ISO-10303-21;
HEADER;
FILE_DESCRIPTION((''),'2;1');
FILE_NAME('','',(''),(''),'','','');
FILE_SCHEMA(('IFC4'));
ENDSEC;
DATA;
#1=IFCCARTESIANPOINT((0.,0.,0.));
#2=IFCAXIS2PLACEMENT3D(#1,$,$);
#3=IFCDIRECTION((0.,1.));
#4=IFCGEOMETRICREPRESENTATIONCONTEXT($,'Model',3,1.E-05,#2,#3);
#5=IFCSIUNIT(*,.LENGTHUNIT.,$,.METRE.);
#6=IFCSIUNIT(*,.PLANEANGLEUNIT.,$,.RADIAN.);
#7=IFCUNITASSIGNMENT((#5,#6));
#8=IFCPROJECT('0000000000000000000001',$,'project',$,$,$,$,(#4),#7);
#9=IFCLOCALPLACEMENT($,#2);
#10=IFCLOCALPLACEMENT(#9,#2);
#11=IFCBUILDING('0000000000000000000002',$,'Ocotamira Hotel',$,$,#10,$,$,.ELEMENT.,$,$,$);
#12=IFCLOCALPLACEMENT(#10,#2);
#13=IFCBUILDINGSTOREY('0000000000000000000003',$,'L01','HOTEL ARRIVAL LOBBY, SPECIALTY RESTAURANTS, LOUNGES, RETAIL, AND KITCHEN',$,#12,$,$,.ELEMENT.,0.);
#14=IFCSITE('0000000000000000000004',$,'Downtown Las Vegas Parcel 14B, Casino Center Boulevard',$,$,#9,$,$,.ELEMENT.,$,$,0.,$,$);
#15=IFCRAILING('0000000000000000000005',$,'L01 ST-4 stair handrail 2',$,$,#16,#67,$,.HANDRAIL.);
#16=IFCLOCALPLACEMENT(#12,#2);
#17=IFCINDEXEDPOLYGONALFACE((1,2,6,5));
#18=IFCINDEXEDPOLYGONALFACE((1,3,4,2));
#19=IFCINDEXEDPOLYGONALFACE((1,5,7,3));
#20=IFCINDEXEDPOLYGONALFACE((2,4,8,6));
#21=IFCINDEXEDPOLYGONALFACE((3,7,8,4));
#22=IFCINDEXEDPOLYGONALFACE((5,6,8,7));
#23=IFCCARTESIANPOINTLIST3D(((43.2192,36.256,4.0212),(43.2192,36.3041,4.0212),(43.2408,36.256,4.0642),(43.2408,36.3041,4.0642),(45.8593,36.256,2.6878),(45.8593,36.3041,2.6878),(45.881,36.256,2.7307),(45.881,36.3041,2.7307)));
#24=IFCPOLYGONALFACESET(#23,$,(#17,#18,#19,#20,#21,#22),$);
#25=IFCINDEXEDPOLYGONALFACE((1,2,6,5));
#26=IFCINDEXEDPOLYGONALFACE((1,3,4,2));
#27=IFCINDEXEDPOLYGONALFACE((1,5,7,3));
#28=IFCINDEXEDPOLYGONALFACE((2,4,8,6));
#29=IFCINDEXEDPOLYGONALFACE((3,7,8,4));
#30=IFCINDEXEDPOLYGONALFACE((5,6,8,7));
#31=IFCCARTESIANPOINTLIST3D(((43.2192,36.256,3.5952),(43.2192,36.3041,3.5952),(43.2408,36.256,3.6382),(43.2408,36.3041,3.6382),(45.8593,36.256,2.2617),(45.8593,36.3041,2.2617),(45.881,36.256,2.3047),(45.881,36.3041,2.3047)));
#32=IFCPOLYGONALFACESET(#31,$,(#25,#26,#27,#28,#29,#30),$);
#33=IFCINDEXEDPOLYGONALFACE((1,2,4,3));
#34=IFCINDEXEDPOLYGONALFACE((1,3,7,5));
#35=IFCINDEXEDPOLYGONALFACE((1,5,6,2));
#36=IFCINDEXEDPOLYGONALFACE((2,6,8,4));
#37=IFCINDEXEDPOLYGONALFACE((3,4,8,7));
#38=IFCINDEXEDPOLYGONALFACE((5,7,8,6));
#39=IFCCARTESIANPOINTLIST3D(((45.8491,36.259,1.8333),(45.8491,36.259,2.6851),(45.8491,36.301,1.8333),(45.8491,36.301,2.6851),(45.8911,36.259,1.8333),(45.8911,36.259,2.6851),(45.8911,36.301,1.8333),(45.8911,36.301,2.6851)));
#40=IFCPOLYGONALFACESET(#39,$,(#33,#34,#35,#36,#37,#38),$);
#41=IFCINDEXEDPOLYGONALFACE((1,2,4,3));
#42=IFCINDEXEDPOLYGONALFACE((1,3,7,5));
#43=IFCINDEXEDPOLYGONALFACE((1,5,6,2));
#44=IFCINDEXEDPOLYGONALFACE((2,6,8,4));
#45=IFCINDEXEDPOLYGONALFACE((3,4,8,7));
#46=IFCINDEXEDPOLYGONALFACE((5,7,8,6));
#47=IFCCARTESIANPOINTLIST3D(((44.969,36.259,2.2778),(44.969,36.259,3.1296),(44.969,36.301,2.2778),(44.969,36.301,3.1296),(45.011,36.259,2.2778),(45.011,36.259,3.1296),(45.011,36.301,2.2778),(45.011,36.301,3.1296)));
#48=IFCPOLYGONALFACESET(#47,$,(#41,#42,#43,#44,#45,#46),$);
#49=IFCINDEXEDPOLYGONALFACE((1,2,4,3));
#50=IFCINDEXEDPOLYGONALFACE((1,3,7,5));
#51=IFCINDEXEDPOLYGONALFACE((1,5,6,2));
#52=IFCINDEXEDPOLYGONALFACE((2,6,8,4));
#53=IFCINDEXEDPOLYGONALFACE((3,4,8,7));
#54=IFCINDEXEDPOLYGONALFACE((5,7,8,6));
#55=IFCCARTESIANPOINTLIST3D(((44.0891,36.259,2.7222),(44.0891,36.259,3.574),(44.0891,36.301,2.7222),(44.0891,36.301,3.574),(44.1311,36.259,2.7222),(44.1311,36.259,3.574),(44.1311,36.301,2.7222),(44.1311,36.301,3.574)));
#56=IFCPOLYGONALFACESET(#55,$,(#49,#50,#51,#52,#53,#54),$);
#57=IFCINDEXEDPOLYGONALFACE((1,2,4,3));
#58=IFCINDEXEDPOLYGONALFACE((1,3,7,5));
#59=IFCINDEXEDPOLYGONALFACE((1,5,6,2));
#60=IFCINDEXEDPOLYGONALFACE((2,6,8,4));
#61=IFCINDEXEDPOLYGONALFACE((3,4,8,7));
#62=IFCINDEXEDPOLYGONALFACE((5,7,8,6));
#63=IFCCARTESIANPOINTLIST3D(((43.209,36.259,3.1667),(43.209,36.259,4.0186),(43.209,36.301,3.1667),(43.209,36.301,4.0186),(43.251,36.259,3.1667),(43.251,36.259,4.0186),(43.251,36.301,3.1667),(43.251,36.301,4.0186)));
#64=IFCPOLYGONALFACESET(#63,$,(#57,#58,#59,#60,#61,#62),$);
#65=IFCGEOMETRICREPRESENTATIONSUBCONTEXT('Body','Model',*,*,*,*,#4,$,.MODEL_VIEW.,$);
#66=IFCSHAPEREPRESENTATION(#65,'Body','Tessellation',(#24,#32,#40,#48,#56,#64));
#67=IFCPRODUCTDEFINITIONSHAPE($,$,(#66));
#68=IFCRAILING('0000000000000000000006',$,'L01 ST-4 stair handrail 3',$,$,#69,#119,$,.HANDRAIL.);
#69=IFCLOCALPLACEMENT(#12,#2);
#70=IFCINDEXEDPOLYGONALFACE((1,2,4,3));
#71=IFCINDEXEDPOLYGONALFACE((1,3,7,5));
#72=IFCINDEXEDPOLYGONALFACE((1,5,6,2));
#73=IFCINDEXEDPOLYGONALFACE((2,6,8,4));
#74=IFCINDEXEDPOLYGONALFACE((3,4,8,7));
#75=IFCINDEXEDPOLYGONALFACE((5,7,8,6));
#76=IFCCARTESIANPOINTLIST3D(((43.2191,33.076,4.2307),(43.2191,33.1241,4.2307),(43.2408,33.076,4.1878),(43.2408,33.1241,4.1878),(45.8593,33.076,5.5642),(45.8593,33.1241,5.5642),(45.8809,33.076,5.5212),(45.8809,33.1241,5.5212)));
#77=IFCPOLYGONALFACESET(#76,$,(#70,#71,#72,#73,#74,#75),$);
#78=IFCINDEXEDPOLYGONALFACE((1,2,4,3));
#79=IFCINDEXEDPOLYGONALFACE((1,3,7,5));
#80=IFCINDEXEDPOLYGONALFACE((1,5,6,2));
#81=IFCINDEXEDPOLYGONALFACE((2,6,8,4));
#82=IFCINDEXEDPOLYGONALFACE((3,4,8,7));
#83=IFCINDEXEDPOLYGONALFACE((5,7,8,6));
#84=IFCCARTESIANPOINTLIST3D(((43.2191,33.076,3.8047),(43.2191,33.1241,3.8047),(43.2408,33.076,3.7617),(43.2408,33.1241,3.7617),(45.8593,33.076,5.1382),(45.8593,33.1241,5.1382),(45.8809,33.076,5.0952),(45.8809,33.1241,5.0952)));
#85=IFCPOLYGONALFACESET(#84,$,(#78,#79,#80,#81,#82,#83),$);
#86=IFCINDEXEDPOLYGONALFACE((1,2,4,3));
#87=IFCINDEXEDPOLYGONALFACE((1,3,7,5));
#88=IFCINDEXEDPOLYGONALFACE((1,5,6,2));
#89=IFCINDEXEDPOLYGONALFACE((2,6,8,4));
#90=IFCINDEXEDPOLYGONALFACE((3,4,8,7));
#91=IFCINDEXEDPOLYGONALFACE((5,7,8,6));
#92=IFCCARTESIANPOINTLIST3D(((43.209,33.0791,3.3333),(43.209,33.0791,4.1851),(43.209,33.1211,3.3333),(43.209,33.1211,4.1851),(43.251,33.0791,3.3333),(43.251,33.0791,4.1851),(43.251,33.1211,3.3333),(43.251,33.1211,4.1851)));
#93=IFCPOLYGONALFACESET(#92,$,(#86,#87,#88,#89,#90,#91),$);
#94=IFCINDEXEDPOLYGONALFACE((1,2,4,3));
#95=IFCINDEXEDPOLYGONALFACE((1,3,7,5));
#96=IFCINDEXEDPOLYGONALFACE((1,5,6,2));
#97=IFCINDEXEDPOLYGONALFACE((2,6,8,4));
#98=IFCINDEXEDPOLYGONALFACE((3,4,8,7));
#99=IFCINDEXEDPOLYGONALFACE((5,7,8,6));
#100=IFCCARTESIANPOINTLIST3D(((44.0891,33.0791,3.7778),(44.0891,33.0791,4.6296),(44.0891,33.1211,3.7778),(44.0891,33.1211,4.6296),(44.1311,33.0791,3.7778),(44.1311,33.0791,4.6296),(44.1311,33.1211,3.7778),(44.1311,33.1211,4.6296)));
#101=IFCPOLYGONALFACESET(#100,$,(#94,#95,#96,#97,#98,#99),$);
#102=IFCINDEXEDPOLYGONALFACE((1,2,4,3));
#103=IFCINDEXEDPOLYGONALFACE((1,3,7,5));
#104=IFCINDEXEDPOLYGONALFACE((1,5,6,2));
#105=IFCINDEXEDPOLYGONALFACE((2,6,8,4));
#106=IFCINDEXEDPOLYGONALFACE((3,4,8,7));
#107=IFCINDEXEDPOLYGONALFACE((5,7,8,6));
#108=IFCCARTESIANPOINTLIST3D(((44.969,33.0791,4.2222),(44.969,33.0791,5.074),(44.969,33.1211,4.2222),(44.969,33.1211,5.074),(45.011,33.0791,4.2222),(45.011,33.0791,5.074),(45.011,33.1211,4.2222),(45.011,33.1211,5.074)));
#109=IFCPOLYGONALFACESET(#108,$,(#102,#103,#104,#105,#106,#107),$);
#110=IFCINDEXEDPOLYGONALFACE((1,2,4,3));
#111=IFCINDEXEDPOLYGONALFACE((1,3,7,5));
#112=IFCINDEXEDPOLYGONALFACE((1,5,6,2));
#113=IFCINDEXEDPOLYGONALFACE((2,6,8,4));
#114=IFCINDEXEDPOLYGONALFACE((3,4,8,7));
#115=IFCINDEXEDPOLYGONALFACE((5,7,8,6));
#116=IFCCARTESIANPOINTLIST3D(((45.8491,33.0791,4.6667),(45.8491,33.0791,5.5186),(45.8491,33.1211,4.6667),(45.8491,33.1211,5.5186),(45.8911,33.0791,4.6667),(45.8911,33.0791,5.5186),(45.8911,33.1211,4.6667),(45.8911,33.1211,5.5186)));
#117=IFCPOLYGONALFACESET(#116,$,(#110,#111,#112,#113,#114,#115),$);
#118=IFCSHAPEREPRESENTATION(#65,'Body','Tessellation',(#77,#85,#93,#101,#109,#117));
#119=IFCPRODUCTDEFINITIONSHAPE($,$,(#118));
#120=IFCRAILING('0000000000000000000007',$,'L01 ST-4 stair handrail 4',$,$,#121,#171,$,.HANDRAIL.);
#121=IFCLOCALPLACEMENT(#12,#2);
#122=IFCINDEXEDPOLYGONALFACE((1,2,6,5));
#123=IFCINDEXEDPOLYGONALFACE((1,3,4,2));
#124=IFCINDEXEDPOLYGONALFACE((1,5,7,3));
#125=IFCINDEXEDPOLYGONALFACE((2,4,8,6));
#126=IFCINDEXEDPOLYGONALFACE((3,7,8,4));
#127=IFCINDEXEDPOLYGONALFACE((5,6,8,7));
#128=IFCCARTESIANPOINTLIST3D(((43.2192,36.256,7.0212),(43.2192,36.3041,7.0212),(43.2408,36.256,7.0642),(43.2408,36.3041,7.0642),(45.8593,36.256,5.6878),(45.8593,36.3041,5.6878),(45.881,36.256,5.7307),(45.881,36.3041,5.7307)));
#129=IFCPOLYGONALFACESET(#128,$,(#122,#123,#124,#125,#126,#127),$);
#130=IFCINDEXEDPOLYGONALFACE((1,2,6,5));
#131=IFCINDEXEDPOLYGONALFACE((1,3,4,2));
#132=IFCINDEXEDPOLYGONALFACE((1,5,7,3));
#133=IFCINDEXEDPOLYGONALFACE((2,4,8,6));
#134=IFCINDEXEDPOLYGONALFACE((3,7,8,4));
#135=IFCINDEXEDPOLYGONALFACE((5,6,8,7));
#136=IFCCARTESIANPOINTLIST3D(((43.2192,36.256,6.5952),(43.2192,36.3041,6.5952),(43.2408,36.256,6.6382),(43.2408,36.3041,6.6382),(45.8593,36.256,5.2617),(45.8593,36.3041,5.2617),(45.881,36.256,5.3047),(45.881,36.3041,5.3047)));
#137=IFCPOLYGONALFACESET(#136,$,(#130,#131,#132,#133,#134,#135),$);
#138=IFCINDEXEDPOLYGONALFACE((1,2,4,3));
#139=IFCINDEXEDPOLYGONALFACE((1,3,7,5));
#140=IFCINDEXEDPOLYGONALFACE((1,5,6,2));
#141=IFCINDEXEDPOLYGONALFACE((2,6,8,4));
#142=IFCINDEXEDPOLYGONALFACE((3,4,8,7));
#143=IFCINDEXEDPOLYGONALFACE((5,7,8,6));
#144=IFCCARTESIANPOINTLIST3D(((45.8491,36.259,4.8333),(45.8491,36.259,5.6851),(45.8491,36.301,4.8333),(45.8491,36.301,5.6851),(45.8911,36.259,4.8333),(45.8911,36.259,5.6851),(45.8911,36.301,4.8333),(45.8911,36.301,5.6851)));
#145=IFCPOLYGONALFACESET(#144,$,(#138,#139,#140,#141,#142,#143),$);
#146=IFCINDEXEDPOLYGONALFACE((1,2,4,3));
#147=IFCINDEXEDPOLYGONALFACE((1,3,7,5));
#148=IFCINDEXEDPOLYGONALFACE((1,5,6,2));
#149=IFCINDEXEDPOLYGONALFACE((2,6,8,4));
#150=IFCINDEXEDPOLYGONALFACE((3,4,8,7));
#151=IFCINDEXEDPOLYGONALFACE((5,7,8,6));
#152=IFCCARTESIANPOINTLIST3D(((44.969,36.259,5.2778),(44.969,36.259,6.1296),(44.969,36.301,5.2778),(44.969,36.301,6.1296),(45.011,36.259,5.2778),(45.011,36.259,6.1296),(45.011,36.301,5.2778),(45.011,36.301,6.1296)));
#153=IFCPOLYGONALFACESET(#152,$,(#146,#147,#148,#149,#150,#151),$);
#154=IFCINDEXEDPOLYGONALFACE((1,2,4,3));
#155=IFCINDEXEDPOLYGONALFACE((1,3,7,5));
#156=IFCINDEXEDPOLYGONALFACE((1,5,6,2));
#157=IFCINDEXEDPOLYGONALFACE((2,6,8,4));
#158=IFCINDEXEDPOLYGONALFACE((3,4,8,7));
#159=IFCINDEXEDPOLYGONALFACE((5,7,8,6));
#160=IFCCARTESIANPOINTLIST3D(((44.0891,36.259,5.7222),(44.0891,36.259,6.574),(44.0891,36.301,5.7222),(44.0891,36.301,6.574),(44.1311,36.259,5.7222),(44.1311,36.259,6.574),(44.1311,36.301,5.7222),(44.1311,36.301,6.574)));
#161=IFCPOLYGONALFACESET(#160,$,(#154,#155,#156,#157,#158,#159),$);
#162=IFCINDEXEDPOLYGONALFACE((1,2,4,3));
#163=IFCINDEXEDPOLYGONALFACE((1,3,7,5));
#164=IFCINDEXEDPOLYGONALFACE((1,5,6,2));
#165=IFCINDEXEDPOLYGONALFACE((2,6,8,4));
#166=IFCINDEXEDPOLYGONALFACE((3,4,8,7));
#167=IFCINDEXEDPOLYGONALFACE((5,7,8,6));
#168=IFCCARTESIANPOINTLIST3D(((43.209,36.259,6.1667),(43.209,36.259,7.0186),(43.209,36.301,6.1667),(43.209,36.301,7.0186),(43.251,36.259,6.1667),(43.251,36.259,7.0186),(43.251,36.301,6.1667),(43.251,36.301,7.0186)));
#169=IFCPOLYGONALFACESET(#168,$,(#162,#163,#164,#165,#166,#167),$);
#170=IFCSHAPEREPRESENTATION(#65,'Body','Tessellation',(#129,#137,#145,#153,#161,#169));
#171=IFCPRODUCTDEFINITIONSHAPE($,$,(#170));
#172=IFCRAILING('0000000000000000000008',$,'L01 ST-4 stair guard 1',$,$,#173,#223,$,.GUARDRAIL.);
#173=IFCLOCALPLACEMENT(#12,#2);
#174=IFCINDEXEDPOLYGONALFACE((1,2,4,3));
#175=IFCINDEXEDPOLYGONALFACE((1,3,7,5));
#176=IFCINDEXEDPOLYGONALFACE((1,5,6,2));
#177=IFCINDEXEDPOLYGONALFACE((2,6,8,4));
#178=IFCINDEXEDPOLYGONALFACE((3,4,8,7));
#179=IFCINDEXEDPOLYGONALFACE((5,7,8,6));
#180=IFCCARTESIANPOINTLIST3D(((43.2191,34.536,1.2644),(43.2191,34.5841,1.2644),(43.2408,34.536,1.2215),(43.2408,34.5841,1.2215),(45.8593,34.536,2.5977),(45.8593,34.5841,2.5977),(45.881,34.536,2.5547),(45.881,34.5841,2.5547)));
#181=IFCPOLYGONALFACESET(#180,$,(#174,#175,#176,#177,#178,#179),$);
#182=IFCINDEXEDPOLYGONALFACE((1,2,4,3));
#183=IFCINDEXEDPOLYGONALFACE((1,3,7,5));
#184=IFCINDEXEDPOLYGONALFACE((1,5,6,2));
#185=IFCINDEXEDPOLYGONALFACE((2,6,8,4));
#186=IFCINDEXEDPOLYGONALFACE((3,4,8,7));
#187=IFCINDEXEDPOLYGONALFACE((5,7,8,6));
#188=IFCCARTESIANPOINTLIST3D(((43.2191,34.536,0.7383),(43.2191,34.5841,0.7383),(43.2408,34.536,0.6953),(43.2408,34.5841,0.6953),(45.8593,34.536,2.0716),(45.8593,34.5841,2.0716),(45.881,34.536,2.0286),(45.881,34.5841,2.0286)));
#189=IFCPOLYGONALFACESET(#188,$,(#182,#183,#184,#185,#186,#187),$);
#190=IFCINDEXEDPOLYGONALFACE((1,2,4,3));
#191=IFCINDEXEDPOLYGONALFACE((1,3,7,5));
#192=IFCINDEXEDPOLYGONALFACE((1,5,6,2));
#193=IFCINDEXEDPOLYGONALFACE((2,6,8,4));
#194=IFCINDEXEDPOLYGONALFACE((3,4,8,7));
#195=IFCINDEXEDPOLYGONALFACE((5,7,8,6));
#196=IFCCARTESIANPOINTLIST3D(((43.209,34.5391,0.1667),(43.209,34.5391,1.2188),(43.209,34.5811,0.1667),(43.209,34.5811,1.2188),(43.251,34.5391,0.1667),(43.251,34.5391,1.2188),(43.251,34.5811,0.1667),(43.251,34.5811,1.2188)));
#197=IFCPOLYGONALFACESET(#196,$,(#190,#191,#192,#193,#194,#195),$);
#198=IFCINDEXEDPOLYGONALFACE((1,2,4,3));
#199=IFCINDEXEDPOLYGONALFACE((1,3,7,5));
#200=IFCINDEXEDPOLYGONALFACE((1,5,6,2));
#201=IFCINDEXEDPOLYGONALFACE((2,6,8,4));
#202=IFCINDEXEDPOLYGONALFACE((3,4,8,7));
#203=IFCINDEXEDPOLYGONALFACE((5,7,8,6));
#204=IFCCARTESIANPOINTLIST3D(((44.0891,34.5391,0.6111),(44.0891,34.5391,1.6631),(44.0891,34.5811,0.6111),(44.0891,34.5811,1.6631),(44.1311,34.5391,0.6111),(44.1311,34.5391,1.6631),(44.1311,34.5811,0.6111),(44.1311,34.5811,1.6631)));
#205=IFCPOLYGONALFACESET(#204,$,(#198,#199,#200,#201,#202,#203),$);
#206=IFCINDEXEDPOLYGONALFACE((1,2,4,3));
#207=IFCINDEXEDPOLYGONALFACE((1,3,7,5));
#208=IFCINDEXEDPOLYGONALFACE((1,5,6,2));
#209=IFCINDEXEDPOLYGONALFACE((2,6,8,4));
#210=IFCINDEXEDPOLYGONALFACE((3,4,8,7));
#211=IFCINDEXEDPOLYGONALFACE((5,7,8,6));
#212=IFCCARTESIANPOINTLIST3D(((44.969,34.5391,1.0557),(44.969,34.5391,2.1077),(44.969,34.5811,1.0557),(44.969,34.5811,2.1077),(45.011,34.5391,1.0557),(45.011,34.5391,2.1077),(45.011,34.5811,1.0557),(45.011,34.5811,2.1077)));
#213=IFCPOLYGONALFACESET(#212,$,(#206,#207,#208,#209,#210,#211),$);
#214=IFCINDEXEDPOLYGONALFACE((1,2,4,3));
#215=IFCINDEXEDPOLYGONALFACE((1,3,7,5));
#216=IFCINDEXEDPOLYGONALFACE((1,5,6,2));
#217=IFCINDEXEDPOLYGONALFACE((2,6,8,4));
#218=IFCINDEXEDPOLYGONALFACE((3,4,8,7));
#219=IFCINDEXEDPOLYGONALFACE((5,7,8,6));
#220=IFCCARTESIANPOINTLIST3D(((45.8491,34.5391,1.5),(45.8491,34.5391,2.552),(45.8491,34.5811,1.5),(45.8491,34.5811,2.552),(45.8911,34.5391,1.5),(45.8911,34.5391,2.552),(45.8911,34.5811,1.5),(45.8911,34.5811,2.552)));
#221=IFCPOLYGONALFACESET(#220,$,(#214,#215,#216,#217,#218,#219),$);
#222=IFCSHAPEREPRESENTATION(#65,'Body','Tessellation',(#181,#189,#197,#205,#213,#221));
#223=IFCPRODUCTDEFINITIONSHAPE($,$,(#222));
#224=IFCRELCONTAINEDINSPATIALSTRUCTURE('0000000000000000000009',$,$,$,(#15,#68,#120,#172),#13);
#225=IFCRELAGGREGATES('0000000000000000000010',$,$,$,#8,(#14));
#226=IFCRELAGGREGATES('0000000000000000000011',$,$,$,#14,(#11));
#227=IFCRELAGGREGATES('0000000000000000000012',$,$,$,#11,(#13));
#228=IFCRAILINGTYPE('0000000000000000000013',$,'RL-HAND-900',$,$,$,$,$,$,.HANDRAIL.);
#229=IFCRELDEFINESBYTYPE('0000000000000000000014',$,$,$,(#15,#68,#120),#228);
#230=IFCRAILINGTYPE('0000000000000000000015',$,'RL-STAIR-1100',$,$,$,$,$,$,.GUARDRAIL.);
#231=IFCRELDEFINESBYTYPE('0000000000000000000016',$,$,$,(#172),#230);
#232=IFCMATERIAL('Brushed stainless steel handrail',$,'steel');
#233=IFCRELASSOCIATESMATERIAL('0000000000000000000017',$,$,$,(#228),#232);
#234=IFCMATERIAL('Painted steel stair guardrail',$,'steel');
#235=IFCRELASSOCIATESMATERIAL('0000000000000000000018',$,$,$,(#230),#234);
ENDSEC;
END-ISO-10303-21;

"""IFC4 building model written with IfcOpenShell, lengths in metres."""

from ifc_helpers import new_model, si_unit, direction, frame, origin, origin_2d, place, context, subcontext, project, spatial, rectangle, extrude, material, type_object, element, save


model = new_model("IFC4")

# Units and contexts
model_context = context("Model", 3, precision=1e-05, world=origin(), true_north=direction((0.0, 1.0)))
body_context = subcontext(model_context, "Body", "Model", "MODEL_VIEW")
ifc_project = project(units=[si_unit("LENGTHUNIT", "METRE"), si_unit("PLANEANGLEUNIT", "RADIAN")], contexts=[model_context])

# Site, building, storey
site_placement = place(None, origin())
site = spatial("IfcSite", under=ifc_project, at=site_placement, Name="Downtown Las Vegas Parcel 14B, Casino Center Boulevard", CompositionType="ELEMENT", RefElevation=0.0)
building_placement = place(site_placement, origin())
building = spatial("IfcBuilding", under=site, at=building_placement, Name="Ocotamira Hotel", CompositionType="ELEMENT")
storey_placement = place(building_placement, origin())
storey = spatial("IfcBuildingStorey", under=building, at=storey_placement, Name="L01", Description="HOTEL ARRIVAL LOBBY, SPECIALTY RESTAURANTS, LOUNGES, RETAIL, AND KITCHEN", CompositionType="ELEMENT", Elevation=0.0)

# Railings
ifc_material_1 = material(Name="Brushed stainless steel handrail", Category="steel")
railing_type_1 = type_object("IfcRailingType", Name="RL-HAND-900", PredefinedType="HANDRAIL", material=ifc_material_1)
railing_1_placement = place(storey_placement, frame((45.8701, 36.28, 1.8333)))
element("IfcRailing", 1, at=railing_1_placement, inside=storey, type_object=railing_type_1, Name="L01 ST-4 stair handrail 2", PredefinedType="HANDRAIL", context=body_context, shape_type="SweptSolid", body=[
    extrude(rectangle(XDim=0.0481, YDim=0.0481, at=origin_2d()), frame((0.0, 0.0, 0.876), z_axis=(-0.892604, 0.0, 0.450842), x_axis=(0.0, -1.0, 0.0)), (0.0, 0.0, 1.0), 2.9578),
    extrude(rectangle(XDim=0.0481, YDim=0.0481, at=origin_2d()), frame((0.0, 0.0, 0.45), z_axis=(-0.892604, 0.0, 0.450842), x_axis=(0.0, -1.0, 0.0)), (0.0, 0.0, 1.0), 2.9578),
    extrude(rectangle(XDim=0.042, YDim=0.042, at=origin_2d()), origin(), (0.0, 0.0, 1.0), 0.8518),
    extrude(rectangle(XDim=0.042, YDim=0.042, at=origin_2d()), frame((-0.8801, 0.0, 0.4446)), (0.0, 0.0, 1.0), 0.8518),
    extrude(rectangle(XDim=0.042, YDim=0.042, at=origin_2d()), frame((-1.76, 0.0, 0.8889)), (0.0, 0.0, 1.0), 0.8518),
    extrude(rectangle(XDim=0.042, YDim=0.042, at=origin_2d()), frame((-2.6401, 0.0, 1.3335)), (0.0, 0.0, 1.0), 0.8518),
])
railing_2_placement = place(storey_placement, frame((43.23, 33.1001, 3.3333)))
element("IfcRailing", 2, at=railing_2_placement, inside=storey, type_object=railing_type_1, Name="L01 ST-4 stair handrail 3", PredefinedType="HANDRAIL", context=body_context, shape_type="SweptSolid", body=[
    extrude(rectangle(XDim=0.0481, YDim=0.0481, at=origin_2d()), frame((0.0, 0.0, 0.876), z_axis=(0.892604, 0.0, 0.450842), x_axis=(0.0, 1.0, 0.0)), (0.0, 0.0, 1.0), 2.9578),
    extrude(rectangle(XDim=0.0481, YDim=0.0481, at=origin_2d()), frame((0.0, 0.0, 0.45), z_axis=(0.892604, 0.0, 0.450842), x_axis=(0.0, 1.0, 0.0)), (0.0, 0.0, 1.0), 2.9578),
    extrude(rectangle(XDim=0.042, YDim=0.042, at=origin_2d()), origin(), (0.0, 0.0, 1.0), 0.8518),
    extrude(rectangle(XDim=0.042, YDim=0.042, at=origin_2d()), frame((0.8801, 0.0, 0.4446)), (0.0, 0.0, 1.0), 0.8518),
    extrude(rectangle(XDim=0.042, YDim=0.042, at=origin_2d()), frame((1.76, 0.0, 0.8889)), (0.0, 0.0, 1.0), 0.8518),
    extrude(rectangle(XDim=0.042, YDim=0.042, at=origin_2d()), frame((2.6401, 0.0, 1.3335)), (0.0, 0.0, 1.0), 0.8518),
])
railing_3_placement = place(storey_placement, frame((45.8701, 36.28, 4.8333)))
element("IfcRailing", 3, at=railing_3_placement, inside=storey, type_object=railing_type_1, Name="L01 ST-4 stair handrail 4", PredefinedType="HANDRAIL", context=body_context, shape_type="SweptSolid", body=[
    extrude(rectangle(XDim=0.0481, YDim=0.0481, at=origin_2d()), frame((0.0, 0.0, 0.876), z_axis=(-0.892604, 0.0, 0.450842), x_axis=(0.0, -1.0, 0.0)), (0.0, 0.0, 1.0), 2.9578),
    extrude(rectangle(XDim=0.0481, YDim=0.0481, at=origin_2d()), frame((0.0, 0.0, 0.45), z_axis=(-0.892604, 0.0, 0.450842), x_axis=(0.0, -1.0, 0.0)), (0.0, 0.0, 1.0), 2.9578),
    extrude(rectangle(XDim=0.042, YDim=0.042, at=origin_2d()), origin(), (0.0, 0.0, 1.0), 0.8518),
    extrude(rectangle(XDim=0.042, YDim=0.042, at=origin_2d()), frame((-0.8801, 0.0, 0.4446)), (0.0, 0.0, 1.0), 0.8518),
    extrude(rectangle(XDim=0.042, YDim=0.042, at=origin_2d()), frame((-1.76, 0.0, 0.8889)), (0.0, 0.0, 1.0), 0.8518),
    extrude(rectangle(XDim=0.042, YDim=0.042, at=origin_2d()), frame((-2.6401, 0.0, 1.3335)), (0.0, 0.0, 1.0), 0.8518),
])
ifc_material_2 = material(Name="Painted steel stair guardrail", Category="steel")
railing_type_2 = type_object("IfcRailingType", Name="RL-STAIR-1100", PredefinedType="GUARDRAIL", material=ifc_material_2)
railing_4_placement = place(storey_placement, frame((43.23, 34.5601, 0.1667)))
element("IfcRailing", 4, at=railing_4_placement, inside=storey, type_object=railing_type_2, Name="L01 ST-4 stair guard 1", PredefinedType="GUARDRAIL", context=body_context, shape_type="SweptSolid", body=[
    extrude(rectangle(XDim=0.0481, YDim=0.0481, at=origin_2d()), frame((0.0, 0.0, 1.0762), z_axis=(0.892637, 0.0, 0.450776), x_axis=(0.0, 1.0, 0.0)), (0.0, 0.0, 1.0), 2.9578),
    extrude(rectangle(XDim=0.0481, YDim=0.0481, at=origin_2d()), frame((0.0, 0.0, 0.55), z_axis=(0.892637, 0.0, 0.450776), x_axis=(0.0, 1.0, 0.0)), (0.0, 0.0, 1.0), 2.9578),
    extrude(rectangle(XDim=0.042, YDim=0.042, at=origin_2d()), origin(), (0.0, 0.0, 1.0), 1.052),
    extrude(rectangle(XDim=0.042, YDim=0.042, at=origin_2d()), frame((0.8801, 0.0, 0.4443)), (0.0, 0.0, 1.0), 1.052),
    extrude(rectangle(XDim=0.042, YDim=0.042, at=origin_2d()), frame((1.76, 0.0, 0.8889)), (0.0, 0.0, 1.0), 1.052),
    extrude(rectangle(XDim=0.042, YDim=0.042, at=origin_2d()), frame((2.6401, 0.0, 1.3333)), (0.0, 0.0, 1.0), 1.052),
])

save(model, "model.ifc")
